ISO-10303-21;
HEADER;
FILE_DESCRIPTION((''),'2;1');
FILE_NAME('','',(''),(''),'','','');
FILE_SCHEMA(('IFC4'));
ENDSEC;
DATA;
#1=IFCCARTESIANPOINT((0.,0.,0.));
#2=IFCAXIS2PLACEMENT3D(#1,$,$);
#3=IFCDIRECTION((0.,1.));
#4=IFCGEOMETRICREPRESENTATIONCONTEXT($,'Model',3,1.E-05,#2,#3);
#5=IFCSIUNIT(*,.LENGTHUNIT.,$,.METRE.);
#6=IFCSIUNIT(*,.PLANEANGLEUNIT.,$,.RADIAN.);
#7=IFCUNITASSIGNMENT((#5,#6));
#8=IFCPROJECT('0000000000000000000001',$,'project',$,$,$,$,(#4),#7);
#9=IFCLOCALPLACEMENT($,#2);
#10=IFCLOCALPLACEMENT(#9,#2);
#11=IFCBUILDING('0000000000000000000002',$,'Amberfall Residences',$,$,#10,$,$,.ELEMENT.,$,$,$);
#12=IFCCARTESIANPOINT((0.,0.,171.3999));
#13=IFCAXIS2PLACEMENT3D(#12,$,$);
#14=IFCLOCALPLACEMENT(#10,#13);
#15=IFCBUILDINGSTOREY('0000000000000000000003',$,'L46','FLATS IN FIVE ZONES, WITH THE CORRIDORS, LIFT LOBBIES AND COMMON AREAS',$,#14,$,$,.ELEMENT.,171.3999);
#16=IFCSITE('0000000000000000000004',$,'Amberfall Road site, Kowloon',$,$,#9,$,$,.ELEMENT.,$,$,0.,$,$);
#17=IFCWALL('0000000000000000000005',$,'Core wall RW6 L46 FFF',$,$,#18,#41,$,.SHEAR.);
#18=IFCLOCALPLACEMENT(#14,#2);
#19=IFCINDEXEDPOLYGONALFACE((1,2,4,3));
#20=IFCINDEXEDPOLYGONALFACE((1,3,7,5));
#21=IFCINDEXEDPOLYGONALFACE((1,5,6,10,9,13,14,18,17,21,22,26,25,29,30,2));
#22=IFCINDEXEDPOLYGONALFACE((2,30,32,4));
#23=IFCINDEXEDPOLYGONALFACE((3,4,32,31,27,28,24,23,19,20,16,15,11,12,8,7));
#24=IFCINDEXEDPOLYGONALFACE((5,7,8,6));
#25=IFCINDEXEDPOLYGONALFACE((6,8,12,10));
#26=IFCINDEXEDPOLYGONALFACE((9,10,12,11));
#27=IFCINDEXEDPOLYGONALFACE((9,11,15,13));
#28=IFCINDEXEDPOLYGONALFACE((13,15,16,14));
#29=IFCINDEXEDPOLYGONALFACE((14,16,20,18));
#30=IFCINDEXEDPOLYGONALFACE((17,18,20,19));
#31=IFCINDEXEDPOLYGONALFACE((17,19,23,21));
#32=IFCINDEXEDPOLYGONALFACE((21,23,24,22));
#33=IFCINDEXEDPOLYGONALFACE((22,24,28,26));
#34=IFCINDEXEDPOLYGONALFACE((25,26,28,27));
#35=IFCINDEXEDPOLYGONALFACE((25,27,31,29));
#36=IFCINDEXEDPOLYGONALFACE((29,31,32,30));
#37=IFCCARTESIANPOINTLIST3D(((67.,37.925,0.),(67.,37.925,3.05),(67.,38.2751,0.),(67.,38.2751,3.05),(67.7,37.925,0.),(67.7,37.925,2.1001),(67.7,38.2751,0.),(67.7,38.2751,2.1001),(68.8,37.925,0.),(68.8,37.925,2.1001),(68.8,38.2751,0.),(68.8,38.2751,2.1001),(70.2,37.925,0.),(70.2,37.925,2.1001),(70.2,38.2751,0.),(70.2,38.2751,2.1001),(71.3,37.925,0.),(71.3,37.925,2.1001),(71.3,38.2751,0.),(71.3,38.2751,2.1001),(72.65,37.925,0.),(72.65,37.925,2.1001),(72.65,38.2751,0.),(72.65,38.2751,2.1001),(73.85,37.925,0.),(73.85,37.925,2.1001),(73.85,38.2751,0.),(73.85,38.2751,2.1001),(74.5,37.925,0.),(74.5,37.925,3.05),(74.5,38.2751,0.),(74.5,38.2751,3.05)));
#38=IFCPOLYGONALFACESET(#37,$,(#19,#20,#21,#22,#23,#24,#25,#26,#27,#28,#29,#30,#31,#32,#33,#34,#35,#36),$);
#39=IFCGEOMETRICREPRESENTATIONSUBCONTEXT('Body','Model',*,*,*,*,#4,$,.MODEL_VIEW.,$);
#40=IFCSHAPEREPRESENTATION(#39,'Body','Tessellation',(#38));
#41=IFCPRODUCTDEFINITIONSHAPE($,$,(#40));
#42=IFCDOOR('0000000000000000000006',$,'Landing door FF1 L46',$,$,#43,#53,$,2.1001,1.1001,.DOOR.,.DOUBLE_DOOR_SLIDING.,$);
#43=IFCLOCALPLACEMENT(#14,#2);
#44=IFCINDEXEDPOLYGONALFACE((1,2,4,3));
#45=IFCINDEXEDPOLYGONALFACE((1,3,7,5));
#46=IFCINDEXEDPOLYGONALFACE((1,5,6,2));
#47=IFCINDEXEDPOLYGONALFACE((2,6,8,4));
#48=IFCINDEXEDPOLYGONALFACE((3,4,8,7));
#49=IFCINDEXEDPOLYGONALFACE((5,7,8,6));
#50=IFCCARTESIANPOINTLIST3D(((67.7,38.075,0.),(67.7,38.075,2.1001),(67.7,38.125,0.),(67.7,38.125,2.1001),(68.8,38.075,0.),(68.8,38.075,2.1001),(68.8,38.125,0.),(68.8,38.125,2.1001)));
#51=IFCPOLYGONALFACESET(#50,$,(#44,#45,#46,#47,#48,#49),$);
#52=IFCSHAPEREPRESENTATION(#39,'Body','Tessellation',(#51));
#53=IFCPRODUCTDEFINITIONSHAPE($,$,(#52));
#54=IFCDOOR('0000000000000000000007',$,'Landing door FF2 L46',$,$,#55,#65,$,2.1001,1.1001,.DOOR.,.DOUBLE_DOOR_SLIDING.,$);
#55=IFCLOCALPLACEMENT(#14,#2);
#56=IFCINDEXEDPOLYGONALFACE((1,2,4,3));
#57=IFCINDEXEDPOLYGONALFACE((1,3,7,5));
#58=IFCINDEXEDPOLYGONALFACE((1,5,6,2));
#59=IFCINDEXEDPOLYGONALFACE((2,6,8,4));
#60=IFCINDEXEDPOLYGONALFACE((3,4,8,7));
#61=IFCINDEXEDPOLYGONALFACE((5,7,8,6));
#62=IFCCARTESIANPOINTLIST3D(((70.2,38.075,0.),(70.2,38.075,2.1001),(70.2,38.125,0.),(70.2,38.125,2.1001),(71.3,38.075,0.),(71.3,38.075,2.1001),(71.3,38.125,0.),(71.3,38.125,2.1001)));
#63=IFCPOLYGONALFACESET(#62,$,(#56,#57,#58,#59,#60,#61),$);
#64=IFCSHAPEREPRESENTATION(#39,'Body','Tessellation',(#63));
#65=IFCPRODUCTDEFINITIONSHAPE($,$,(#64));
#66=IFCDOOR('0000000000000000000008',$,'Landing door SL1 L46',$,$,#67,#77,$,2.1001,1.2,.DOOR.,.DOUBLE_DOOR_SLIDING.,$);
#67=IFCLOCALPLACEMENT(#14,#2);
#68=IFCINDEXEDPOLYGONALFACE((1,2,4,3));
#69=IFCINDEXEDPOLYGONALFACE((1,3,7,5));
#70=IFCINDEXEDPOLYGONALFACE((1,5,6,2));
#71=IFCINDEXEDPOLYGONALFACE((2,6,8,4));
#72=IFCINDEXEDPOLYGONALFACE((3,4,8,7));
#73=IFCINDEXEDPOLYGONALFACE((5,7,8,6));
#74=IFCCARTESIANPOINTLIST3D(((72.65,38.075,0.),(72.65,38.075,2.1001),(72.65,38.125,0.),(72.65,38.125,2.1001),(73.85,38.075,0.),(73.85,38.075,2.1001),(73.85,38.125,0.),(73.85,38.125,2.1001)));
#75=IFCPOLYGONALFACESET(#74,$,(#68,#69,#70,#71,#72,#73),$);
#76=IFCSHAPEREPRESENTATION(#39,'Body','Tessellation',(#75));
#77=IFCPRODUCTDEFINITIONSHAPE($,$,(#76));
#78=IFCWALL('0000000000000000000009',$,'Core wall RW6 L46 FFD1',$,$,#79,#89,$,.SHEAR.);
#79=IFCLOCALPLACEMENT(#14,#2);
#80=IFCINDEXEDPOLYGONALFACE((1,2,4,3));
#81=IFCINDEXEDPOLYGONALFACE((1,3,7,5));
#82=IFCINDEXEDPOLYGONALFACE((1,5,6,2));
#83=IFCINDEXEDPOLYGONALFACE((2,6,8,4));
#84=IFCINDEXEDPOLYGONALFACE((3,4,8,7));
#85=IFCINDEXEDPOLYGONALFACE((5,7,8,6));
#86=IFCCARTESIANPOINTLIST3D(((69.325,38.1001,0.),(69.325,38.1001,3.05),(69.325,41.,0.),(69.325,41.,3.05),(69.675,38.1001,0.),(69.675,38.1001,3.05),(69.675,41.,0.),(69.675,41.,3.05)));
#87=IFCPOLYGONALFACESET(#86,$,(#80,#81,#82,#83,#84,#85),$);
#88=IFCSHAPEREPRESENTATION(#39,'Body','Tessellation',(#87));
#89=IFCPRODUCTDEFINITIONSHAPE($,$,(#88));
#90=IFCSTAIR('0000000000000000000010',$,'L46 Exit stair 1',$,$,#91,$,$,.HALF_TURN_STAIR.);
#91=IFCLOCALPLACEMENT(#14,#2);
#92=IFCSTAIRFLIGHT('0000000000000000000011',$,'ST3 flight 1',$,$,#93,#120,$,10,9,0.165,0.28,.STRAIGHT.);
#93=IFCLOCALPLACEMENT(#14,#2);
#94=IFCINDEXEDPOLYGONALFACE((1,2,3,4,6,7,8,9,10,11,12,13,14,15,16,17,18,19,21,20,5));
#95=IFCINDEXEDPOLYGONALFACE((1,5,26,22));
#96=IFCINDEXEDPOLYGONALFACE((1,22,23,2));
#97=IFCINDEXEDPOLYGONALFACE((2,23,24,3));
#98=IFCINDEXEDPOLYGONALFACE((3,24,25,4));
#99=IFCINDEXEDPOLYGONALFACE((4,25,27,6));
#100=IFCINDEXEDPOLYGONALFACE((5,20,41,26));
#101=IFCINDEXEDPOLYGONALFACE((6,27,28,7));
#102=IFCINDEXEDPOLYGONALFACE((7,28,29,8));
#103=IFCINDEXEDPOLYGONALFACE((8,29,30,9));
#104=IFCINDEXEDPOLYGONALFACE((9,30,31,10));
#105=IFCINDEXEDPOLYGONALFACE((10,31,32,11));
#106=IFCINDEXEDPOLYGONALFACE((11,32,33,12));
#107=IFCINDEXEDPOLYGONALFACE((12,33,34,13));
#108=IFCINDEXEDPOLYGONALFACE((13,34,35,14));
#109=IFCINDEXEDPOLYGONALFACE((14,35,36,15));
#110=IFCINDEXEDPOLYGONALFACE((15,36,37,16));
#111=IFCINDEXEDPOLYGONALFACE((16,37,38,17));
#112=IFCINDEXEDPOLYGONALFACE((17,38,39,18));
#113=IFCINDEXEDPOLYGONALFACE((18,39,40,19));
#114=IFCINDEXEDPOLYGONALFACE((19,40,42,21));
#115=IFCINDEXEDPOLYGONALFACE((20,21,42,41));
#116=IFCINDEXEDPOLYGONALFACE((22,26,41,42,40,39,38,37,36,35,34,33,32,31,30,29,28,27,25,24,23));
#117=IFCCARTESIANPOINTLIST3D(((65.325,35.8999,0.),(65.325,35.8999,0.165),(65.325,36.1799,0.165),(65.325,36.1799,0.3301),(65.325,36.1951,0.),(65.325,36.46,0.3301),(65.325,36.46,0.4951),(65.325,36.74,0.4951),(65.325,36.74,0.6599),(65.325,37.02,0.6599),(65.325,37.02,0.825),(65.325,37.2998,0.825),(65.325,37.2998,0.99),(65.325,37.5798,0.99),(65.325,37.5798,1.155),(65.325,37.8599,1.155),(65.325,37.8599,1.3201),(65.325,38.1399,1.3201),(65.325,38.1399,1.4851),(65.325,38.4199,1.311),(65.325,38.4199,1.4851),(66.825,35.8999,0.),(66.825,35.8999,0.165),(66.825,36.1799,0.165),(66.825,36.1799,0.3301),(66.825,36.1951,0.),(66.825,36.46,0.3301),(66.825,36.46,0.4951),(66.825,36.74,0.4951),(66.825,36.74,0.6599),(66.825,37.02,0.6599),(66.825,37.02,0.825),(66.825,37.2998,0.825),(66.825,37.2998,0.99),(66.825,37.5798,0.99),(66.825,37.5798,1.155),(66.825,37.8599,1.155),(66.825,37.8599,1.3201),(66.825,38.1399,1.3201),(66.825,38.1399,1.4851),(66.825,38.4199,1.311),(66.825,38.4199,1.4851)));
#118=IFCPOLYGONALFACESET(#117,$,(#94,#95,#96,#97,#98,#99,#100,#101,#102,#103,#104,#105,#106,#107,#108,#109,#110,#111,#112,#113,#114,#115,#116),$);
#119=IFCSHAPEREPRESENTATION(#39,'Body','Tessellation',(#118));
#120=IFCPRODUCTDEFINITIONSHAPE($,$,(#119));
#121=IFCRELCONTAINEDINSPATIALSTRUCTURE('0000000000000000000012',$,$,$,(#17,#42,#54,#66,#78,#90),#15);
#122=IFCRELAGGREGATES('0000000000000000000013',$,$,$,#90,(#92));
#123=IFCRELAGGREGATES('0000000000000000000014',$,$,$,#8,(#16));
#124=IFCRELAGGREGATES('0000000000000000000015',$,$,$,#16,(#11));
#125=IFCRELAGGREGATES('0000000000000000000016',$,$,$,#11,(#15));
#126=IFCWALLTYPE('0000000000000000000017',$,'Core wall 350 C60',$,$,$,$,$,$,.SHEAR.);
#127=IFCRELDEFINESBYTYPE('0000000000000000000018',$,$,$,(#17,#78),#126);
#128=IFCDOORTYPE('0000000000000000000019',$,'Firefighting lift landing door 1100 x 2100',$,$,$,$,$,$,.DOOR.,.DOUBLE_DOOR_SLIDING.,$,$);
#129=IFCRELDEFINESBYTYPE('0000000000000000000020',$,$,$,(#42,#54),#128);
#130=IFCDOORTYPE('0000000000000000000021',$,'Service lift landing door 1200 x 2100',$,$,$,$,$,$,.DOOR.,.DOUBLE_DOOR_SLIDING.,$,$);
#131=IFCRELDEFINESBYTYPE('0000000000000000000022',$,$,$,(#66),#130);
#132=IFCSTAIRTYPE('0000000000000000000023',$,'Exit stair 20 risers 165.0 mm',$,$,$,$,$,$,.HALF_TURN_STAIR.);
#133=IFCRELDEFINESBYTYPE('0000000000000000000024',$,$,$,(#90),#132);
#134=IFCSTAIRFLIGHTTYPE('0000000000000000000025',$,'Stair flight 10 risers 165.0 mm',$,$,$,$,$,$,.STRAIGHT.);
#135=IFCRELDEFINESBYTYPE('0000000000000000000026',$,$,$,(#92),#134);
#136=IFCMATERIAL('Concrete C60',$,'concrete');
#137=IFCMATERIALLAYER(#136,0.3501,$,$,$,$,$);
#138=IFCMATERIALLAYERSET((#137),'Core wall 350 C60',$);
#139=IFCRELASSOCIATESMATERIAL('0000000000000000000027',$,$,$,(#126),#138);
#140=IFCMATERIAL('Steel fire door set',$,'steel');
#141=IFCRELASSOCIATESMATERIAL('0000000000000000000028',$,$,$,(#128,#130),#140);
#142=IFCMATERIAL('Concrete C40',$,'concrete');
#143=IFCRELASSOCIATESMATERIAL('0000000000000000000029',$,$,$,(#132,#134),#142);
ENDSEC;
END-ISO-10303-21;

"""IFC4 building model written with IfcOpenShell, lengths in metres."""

from ifc_helpers import new_model, si_unit, direction, frame, frame_2d, origin, place, context, subcontext, project, spatial, polyline, rectangle, outline, extrude, material, layer, layer_set, type_object, element, fill, aggregate, save


model = new_model("IFC4")

# Units and contexts
model_context = context("Model", 3, precision=1e-05, world=origin(), true_north=direction((0.0, 1.0)))
body_context = subcontext(model_context, "Body", "Model", "MODEL_VIEW")
ifc_project = project(units=[si_unit("LENGTHUNIT", "METRE"), si_unit("PLANEANGLEUNIT", "RADIAN")], contexts=[model_context])

# Site, building, storey
site_placement = place(None, origin())
site = spatial("IfcSite", under=ifc_project, at=site_placement, Name="Amberfall Road site, Kowloon", CompositionType="ELEMENT", RefElevation=0.0)
building_placement = place(site_placement, origin())
building = spatial("IfcBuilding", under=site, at=building_placement, Name="Amberfall Residences", CompositionType="ELEMENT")
storey_placement = place(building_placement, frame((0.0, 0.0, 171.3999)))
storey = spatial("IfcBuildingStorey", under=building, at=storey_placement, Name="L46", Description="FLATS IN FIVE ZONES, WITH THE CORRIDORS, LIFT LOBBIES AND COMMON AREAS", CompositionType="ELEMENT", Elevation=171.3999)

# Wall, openings, doors
ifc_material_1 = material(Name="Concrete C60", Category="concrete")
ifc_layer = layer(ifc_material_1, 0.3501)
ifc_layer_set = layer_set([ifc_layer], Name="Core wall 350 C60")
wall_type = type_object("IfcWallType", Name="Core wall 350 C60", PredefinedType="SHEAR", material=ifc_layer_set)
wall_1_placement = place(storey_placement, frame((67.0, 38.1001, 0.0), z_axis=(0.0, 0.0, 1.0), x_axis=(1.0, 0.0, 0.0)))
wall_1 = element("IfcWall", 1, at=wall_1_placement, inside=storey, type_object=wall_type, Name="Core wall RW6 L46 FFF", PredefinedType="SHEAR", context=body_context, shape_type="SweptSolid", body=[
    extrude(rectangle(XDim=7.5, YDim=0.3501, at=frame_2d((3.75, 0.0))), origin(), (0.0, 0.0, 1.0), 3.05),
])
opening_1_placement = place(wall_1_placement, frame((0.7, 0.0, 0.0)))
opening_1 = element("IfcOpeningElement", 2, at=opening_1_placement, cuts=wall_1, PredefinedType="OPENING", context=body_context, shape_type="SweptSolid", body=[
    extrude(rectangle(XDim=1.1001, YDim=2.1001, at=frame_2d((0.55, 1.05))), frame((0.0, 0.1851, 0.0), z_axis=(0.0, -1.0, 0.0), x_axis=(1.0, 0.0, 0.0)), (0.0, 0.0, 1.0), 0.3701),
])
opening_2_placement = place(wall_1_placement, frame((3.2, 0.0, 0.0)))
opening_2 = element("IfcOpeningElement", 3, at=opening_2_placement, cuts=wall_1, PredefinedType="OPENING", context=body_context, shape_type="SweptSolid", body=[
    extrude(rectangle(XDim=1.1001, YDim=2.1001, at=frame_2d((0.55, 1.05))), frame((0.0, 0.1851, 0.0), z_axis=(0.0, -1.0, 0.0), x_axis=(1.0, 0.0, 0.0)), (0.0, 0.0, 1.0), 0.3701),
])
opening_3_placement = place(wall_1_placement, frame((5.6499, 0.0, 0.0)))
opening_3 = element("IfcOpeningElement", 4, at=opening_3_placement, cuts=wall_1, PredefinedType="OPENING", context=body_context, shape_type="SweptSolid", body=[
    extrude(rectangle(XDim=1.2, YDim=2.1001, at=frame_2d((0.6001, 1.05))), frame((0.0, 0.1851, 0.0), z_axis=(0.0, -1.0, 0.0), x_axis=(1.0, 0.0, 0.0)), (0.0, 0.0, 1.0), 0.3701),
])
ifc_material_2 = material(Name="Steel fire door set", Category="steel")
door_type_1 = type_object("IfcDoorType", Name="Firefighting lift landing door 1100 x 2100", OperationType="DOUBLE_DOOR_SLIDING", PredefinedType="DOOR", material=ifc_material_2)
door_1_placement = place(opening_1_placement, origin())
door_1 = element("IfcDoor", 5, at=door_1_placement, inside=storey, type_object=door_type_1, Name="Landing door FF1 L46", OperationType="DOUBLE_DOOR_SLIDING", OverallHeight=2.1001, OverallWidth=1.1001, PredefinedType="DOOR", context=body_context, shape_type="SweptSolid", body=[
    extrude(rectangle(XDim=1.1001, YDim=2.1001, at=frame_2d((0.55, 1.05))), frame((0.0, 0.0249, 0.0), z_axis=(0.0, -1.0, 0.0), x_axis=(1.0, 0.0, 0.0)), (0.0, 0.0, 1.0), 0.05),
])
fill(opening_1, door_1)
door_2_placement = place(opening_2_placement, origin())
door_2 = element("IfcDoor", 6, at=door_2_placement, inside=storey, type_object=door_type_1, Name="Landing door FF2 L46", OperationType="DOUBLE_DOOR_SLIDING", OverallHeight=2.1001, OverallWidth=1.1001, PredefinedType="DOOR", context=body_context, shape_type="SweptSolid", body=[
    extrude(rectangle(XDim=1.1001, YDim=2.1001, at=frame_2d((0.55, 1.05))), frame((0.0, 0.0249, 0.0), z_axis=(0.0, -1.0, 0.0), x_axis=(1.0, 0.0, 0.0)), (0.0, 0.0, 1.0), 0.05),
])
fill(opening_2, door_2)
door_type_2 = type_object("IfcDoorType", Name="Service lift landing door 1200 x 2100", OperationType="DOUBLE_DOOR_SLIDING", PredefinedType="DOOR", material=ifc_material_2)
door_3_placement = place(opening_3_placement, origin())
door_3 = element("IfcDoor", 7, at=door_3_placement, inside=storey, type_object=door_type_2, Name="Landing door SL1 L46", OperationType="DOUBLE_DOOR_SLIDING", OverallHeight=2.1001, OverallWidth=1.2, PredefinedType="DOOR", context=body_context, shape_type="SweptSolid", body=[
    extrude(rectangle(XDim=1.2, YDim=2.1001, at=frame_2d((0.6001, 1.05))), frame((0.0, 0.0249, 0.0), z_axis=(0.0, -1.0, 0.0), x_axis=(1.0, 0.0, 0.0)), (0.0, 0.0, 1.0), 0.05),
])
fill(opening_3, door_3)

# Wall
wall_2_placement = place(storey_placement, frame((69.5, 38.1001, 0.0), z_axis=(0.0, 0.0, 1.0), x_axis=(0.0, 1.0, 0.0)))
element("IfcWall", 8, at=wall_2_placement, inside=storey, type_object=wall_type, Name="Core wall RW6 L46 FFD1", PredefinedType="SHEAR", context=body_context, shape_type="SweptSolid", body=[
    extrude(rectangle(XDim=2.8999, YDim=0.3501, at=frame_2d((1.45, 0.0))), origin(), (0.0, 0.0, 1.0), 3.05),
])

# Stair, stair flight
ifc_material_3 = material(Name="Concrete C40", Category="concrete")
stair_type = type_object("IfcStairType", Name="Exit stair 20 risers 165.0 mm", PredefinedType="HALF_TURN_STAIR", material=ifc_material_3)
stair_placement = place(storey_placement, origin())
stair = element("IfcStair", 9, at=stair_placement, inside=storey, type_object=stair_type, Name="L46 Exit stair 1", PredefinedType="HALF_TURN_STAIR")
stair_flight_type = type_object("IfcStairFlightType", Name="Stair flight 10 risers 165.0 mm", PredefinedType="STRAIGHT", material=ifc_material_3)
stair_flight_placement = place(storey_placement, frame((66.075, 35.8999, 0.0), z_axis=(0.0, 0.0, 1.0), x_axis=(0.0, 1.0, 0.0)))
stair_flight = element("IfcStairFlight", 10, at=stair_flight_placement, type_object=stair_flight_type, Name="ST3 flight 1", NumberOfRisers=10, NumberOfTreads=9, PredefinedType="STRAIGHT", RiserHeight=0.165, TreadLength=0.28, context=body_context, shape_type="SweptSolid", body=[
    extrude(outline(polyline([(0.0, 0.0), (0.0, 0.165), (0.28, 0.165), (0.28, 0.3301), (0.5601, 0.3301), (0.5601, 0.4951), (0.8401, 0.4951), (0.8401, 0.6599), (1.1201, 0.6599), (1.1201, 0.825), (1.3999, 0.825), (1.3999, 0.99), (1.6799, 0.99), (1.6799, 1.155), (1.96, 1.155), (1.96, 1.3201), (2.24, 1.3201), (2.24, 1.4851), (2.52, 1.4851), (2.52, 1.6499), (2.52, 1.311), (0.2952, 0.0), (0.0, 0.0)])), frame((0.0, 0.75, 0.0), z_axis=(0.0, -1.0, 0.0), x_axis=(1.0, 0.0, 0.0)), (0.0, 0.0, 1.0), 1.5),
])
aggregate(stair, [stair_flight])

save(model, "model.ifc")
